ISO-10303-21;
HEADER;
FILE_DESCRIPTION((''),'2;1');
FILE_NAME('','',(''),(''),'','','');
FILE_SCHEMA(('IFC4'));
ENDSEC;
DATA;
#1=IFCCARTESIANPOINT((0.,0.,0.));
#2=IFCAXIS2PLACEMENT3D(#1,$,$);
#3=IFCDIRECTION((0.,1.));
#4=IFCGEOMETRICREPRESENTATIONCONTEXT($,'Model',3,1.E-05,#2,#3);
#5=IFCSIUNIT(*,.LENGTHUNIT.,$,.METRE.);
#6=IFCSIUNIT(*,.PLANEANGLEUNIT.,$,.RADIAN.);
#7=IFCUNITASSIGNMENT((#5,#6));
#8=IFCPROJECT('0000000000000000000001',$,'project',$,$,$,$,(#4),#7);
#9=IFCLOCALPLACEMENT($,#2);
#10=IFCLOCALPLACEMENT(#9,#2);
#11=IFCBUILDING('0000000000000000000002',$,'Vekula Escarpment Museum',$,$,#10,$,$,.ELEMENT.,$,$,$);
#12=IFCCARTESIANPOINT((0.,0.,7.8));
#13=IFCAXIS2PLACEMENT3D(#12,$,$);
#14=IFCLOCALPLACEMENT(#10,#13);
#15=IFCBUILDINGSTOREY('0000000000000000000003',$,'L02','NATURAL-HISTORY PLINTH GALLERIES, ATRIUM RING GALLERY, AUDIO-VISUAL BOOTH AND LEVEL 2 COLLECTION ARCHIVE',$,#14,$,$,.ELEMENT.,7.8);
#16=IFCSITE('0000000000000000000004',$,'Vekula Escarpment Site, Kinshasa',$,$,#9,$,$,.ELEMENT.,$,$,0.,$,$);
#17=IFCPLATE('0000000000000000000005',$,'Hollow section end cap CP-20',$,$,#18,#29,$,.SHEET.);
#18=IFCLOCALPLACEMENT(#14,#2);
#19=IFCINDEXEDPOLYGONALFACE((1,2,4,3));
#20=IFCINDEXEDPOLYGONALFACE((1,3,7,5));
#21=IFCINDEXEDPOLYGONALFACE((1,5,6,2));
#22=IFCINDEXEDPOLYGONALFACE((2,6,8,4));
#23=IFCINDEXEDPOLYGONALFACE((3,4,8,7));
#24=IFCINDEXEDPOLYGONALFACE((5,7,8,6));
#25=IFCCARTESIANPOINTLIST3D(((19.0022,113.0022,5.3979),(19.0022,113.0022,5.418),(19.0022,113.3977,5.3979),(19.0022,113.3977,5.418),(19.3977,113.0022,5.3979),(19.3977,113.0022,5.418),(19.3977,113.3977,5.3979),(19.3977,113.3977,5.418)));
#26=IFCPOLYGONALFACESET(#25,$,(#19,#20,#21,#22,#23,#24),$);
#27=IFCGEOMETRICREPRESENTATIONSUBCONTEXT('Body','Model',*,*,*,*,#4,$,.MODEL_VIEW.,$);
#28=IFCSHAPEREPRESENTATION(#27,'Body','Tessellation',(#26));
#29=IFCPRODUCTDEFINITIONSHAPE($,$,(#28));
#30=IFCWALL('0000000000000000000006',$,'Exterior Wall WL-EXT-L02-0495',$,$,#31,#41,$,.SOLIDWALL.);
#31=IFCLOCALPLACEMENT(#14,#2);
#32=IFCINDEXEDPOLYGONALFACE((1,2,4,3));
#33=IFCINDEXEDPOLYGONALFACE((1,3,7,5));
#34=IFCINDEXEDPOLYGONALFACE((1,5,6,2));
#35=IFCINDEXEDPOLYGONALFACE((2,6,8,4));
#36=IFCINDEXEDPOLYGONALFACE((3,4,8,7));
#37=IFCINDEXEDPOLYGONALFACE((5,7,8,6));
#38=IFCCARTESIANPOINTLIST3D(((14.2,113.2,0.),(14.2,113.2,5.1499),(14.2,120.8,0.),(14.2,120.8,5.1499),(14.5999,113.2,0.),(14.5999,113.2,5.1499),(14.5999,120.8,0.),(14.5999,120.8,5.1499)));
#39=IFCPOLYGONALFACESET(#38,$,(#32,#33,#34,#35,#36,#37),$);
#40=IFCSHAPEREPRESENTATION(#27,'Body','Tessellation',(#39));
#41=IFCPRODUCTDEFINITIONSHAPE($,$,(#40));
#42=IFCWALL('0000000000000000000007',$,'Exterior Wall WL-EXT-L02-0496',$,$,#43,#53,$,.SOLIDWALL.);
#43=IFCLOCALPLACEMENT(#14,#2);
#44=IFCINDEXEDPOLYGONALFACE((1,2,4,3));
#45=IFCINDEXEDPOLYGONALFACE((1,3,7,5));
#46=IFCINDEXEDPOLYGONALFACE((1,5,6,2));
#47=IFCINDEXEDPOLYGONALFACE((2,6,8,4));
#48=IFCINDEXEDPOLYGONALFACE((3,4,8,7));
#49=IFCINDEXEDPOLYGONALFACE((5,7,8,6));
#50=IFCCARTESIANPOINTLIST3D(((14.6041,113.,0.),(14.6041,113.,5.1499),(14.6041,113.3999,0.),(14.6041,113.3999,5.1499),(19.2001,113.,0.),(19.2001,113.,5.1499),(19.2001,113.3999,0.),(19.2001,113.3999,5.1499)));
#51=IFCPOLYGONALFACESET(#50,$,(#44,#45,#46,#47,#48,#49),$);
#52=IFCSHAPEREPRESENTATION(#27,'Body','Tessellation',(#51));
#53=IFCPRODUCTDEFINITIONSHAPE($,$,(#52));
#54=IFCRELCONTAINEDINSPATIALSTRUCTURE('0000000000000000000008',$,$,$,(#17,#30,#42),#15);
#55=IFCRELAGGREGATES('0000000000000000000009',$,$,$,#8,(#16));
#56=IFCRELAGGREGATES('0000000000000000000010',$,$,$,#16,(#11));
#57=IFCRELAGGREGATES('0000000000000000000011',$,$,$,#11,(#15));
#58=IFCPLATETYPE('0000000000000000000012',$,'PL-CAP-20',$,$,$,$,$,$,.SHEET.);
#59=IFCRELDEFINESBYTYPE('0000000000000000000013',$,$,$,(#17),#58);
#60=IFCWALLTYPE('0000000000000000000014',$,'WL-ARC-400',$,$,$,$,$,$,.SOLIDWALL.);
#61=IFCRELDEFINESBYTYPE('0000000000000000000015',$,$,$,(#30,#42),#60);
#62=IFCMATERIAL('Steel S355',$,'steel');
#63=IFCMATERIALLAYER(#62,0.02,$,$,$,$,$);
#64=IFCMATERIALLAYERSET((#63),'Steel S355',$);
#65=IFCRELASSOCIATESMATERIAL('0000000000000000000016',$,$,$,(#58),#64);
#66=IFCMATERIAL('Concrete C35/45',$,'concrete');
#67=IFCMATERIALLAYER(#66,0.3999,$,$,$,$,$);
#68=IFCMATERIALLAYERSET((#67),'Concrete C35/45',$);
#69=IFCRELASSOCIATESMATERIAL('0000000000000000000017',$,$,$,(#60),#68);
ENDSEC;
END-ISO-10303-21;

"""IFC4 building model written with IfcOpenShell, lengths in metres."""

from ifc_helpers import new_model, si_unit, direction, frame, frame_2d, origin, origin_2d, place, context, subcontext, project, spatial, rectangle, extrude, material, layer, layer_set, type_object, element, save


model = new_model("IFC4")

# Units and contexts
model_context = context("Model", 3, precision=1e-05, world=origin(), true_north=direction((0.0, 1.0)))
body_context = subcontext(model_context, "Body", "Model", "MODEL_VIEW")
ifc_project = project(units=[si_unit("LENGTHUNIT", "METRE"), si_unit("PLANEANGLEUNIT", "RADIAN")], contexts=[model_context])

# Site, building, storey
site_placement = place(None, origin())
site = spatial("IfcSite", under=ifc_project, at=site_placement, Name="Vekula Escarpment Site, Kinshasa", CompositionType="ELEMENT", RefElevation=0.0)
building_placement = place(site_placement, origin())
building = spatial("IfcBuilding", under=site, at=building_placement, Name="Vekula Escarpment Museum", CompositionType="ELEMENT")
storey_placement = place(building_placement, frame((0.0, 0.0, 7.8)))
storey = spatial("IfcBuildingStorey", under=building, at=storey_placement, Name="L02", Description="NATURAL-HISTORY PLINTH GALLERIES, ATRIUM RING GALLERY, AUDIO-VISUAL BOOTH AND LEVEL 2 COLLECTION ARCHIVE", CompositionType="ELEMENT", Elevation=7.8)

# Plate
ifc_material_1 = material(Name="Steel S355", Category="steel")
ifc_layer_1 = layer(ifc_material_1, 0.02)
ifc_layer_set_1 = layer_set([ifc_layer_1], Name="Steel S355")
plate_type_1 = type_object("IfcPlateType", Name="PL-CAP-20", PredefinedType="SHEET", material=ifc_layer_set_1)
plate_1_placement = place(storey_placement, frame((19.2, 113.2, 5.3979), z_axis=(0.0, 0.0, 1.0), x_axis=(1.0, 0.0, 0.0)))
element("IfcPlate", 1, at=plate_1_placement, inside=storey, type_object=plate_type_1, Name="Hollow section end cap CP-20", PredefinedType="SHEET", context=body_context, shape_type="SweptSolid", body=[
    extrude(rectangle(XDim=0.3955, YDim=0.3955, at=origin_2d()), origin(), (0.0, 0.0, 1.0), 0.02),
])

# Walls
ifc_material_2 = material(Name="Concrete C35/45", Category="concrete")
ifc_layer_2 = layer(ifc_material_2, 0.3999)
ifc_layer_set_2 = layer_set([ifc_layer_2], Name="Concrete C35/45")
wall_type = type_object("IfcWallType", Name="WL-ARC-400", PredefinedType="SOLIDWALL", material=ifc_layer_set_2)
wall_1_placement = place(storey_placement, frame((14.3999, 113.2, 0.0), z_axis=(0.0, 0.0, 1.0), x_axis=(0.0, 1.0, 0.0)))
element("IfcWall", 2, at=wall_1_placement, inside=storey, type_object=wall_type, Name="Exterior Wall WL-EXT-L02-0495", PredefinedType="SOLIDWALL", context=body_context, shape_type="SweptSolid", body=[
    extrude(rectangle(XDim=7.6001, YDim=0.3999, at=frame_2d((3.8, 0.0))), origin(), (0.0, 0.0, 1.0), 5.1499),
])
wall_2_placement = place(storey_placement, frame((19.2, 113.2, 0.0), z_axis=(0.0, 0.0, 1.0), x_axis=(-1.0, 0.0, 0.0)))
element("IfcWall", 3, at=wall_2_placement, inside=storey, type_object=wall_type, Name="Exterior Wall WL-EXT-L02-0496", PredefinedType="SOLIDWALL", context=body_context, shape_type="SweptSolid", body=[
    extrude(rectangle(XDim=4.5959, YDim=0.3999, at=frame_2d((2.2979, 0.0))), origin(), (0.0, 0.0, 1.0), 5.1499),
])

save(model, "model.ifc")
